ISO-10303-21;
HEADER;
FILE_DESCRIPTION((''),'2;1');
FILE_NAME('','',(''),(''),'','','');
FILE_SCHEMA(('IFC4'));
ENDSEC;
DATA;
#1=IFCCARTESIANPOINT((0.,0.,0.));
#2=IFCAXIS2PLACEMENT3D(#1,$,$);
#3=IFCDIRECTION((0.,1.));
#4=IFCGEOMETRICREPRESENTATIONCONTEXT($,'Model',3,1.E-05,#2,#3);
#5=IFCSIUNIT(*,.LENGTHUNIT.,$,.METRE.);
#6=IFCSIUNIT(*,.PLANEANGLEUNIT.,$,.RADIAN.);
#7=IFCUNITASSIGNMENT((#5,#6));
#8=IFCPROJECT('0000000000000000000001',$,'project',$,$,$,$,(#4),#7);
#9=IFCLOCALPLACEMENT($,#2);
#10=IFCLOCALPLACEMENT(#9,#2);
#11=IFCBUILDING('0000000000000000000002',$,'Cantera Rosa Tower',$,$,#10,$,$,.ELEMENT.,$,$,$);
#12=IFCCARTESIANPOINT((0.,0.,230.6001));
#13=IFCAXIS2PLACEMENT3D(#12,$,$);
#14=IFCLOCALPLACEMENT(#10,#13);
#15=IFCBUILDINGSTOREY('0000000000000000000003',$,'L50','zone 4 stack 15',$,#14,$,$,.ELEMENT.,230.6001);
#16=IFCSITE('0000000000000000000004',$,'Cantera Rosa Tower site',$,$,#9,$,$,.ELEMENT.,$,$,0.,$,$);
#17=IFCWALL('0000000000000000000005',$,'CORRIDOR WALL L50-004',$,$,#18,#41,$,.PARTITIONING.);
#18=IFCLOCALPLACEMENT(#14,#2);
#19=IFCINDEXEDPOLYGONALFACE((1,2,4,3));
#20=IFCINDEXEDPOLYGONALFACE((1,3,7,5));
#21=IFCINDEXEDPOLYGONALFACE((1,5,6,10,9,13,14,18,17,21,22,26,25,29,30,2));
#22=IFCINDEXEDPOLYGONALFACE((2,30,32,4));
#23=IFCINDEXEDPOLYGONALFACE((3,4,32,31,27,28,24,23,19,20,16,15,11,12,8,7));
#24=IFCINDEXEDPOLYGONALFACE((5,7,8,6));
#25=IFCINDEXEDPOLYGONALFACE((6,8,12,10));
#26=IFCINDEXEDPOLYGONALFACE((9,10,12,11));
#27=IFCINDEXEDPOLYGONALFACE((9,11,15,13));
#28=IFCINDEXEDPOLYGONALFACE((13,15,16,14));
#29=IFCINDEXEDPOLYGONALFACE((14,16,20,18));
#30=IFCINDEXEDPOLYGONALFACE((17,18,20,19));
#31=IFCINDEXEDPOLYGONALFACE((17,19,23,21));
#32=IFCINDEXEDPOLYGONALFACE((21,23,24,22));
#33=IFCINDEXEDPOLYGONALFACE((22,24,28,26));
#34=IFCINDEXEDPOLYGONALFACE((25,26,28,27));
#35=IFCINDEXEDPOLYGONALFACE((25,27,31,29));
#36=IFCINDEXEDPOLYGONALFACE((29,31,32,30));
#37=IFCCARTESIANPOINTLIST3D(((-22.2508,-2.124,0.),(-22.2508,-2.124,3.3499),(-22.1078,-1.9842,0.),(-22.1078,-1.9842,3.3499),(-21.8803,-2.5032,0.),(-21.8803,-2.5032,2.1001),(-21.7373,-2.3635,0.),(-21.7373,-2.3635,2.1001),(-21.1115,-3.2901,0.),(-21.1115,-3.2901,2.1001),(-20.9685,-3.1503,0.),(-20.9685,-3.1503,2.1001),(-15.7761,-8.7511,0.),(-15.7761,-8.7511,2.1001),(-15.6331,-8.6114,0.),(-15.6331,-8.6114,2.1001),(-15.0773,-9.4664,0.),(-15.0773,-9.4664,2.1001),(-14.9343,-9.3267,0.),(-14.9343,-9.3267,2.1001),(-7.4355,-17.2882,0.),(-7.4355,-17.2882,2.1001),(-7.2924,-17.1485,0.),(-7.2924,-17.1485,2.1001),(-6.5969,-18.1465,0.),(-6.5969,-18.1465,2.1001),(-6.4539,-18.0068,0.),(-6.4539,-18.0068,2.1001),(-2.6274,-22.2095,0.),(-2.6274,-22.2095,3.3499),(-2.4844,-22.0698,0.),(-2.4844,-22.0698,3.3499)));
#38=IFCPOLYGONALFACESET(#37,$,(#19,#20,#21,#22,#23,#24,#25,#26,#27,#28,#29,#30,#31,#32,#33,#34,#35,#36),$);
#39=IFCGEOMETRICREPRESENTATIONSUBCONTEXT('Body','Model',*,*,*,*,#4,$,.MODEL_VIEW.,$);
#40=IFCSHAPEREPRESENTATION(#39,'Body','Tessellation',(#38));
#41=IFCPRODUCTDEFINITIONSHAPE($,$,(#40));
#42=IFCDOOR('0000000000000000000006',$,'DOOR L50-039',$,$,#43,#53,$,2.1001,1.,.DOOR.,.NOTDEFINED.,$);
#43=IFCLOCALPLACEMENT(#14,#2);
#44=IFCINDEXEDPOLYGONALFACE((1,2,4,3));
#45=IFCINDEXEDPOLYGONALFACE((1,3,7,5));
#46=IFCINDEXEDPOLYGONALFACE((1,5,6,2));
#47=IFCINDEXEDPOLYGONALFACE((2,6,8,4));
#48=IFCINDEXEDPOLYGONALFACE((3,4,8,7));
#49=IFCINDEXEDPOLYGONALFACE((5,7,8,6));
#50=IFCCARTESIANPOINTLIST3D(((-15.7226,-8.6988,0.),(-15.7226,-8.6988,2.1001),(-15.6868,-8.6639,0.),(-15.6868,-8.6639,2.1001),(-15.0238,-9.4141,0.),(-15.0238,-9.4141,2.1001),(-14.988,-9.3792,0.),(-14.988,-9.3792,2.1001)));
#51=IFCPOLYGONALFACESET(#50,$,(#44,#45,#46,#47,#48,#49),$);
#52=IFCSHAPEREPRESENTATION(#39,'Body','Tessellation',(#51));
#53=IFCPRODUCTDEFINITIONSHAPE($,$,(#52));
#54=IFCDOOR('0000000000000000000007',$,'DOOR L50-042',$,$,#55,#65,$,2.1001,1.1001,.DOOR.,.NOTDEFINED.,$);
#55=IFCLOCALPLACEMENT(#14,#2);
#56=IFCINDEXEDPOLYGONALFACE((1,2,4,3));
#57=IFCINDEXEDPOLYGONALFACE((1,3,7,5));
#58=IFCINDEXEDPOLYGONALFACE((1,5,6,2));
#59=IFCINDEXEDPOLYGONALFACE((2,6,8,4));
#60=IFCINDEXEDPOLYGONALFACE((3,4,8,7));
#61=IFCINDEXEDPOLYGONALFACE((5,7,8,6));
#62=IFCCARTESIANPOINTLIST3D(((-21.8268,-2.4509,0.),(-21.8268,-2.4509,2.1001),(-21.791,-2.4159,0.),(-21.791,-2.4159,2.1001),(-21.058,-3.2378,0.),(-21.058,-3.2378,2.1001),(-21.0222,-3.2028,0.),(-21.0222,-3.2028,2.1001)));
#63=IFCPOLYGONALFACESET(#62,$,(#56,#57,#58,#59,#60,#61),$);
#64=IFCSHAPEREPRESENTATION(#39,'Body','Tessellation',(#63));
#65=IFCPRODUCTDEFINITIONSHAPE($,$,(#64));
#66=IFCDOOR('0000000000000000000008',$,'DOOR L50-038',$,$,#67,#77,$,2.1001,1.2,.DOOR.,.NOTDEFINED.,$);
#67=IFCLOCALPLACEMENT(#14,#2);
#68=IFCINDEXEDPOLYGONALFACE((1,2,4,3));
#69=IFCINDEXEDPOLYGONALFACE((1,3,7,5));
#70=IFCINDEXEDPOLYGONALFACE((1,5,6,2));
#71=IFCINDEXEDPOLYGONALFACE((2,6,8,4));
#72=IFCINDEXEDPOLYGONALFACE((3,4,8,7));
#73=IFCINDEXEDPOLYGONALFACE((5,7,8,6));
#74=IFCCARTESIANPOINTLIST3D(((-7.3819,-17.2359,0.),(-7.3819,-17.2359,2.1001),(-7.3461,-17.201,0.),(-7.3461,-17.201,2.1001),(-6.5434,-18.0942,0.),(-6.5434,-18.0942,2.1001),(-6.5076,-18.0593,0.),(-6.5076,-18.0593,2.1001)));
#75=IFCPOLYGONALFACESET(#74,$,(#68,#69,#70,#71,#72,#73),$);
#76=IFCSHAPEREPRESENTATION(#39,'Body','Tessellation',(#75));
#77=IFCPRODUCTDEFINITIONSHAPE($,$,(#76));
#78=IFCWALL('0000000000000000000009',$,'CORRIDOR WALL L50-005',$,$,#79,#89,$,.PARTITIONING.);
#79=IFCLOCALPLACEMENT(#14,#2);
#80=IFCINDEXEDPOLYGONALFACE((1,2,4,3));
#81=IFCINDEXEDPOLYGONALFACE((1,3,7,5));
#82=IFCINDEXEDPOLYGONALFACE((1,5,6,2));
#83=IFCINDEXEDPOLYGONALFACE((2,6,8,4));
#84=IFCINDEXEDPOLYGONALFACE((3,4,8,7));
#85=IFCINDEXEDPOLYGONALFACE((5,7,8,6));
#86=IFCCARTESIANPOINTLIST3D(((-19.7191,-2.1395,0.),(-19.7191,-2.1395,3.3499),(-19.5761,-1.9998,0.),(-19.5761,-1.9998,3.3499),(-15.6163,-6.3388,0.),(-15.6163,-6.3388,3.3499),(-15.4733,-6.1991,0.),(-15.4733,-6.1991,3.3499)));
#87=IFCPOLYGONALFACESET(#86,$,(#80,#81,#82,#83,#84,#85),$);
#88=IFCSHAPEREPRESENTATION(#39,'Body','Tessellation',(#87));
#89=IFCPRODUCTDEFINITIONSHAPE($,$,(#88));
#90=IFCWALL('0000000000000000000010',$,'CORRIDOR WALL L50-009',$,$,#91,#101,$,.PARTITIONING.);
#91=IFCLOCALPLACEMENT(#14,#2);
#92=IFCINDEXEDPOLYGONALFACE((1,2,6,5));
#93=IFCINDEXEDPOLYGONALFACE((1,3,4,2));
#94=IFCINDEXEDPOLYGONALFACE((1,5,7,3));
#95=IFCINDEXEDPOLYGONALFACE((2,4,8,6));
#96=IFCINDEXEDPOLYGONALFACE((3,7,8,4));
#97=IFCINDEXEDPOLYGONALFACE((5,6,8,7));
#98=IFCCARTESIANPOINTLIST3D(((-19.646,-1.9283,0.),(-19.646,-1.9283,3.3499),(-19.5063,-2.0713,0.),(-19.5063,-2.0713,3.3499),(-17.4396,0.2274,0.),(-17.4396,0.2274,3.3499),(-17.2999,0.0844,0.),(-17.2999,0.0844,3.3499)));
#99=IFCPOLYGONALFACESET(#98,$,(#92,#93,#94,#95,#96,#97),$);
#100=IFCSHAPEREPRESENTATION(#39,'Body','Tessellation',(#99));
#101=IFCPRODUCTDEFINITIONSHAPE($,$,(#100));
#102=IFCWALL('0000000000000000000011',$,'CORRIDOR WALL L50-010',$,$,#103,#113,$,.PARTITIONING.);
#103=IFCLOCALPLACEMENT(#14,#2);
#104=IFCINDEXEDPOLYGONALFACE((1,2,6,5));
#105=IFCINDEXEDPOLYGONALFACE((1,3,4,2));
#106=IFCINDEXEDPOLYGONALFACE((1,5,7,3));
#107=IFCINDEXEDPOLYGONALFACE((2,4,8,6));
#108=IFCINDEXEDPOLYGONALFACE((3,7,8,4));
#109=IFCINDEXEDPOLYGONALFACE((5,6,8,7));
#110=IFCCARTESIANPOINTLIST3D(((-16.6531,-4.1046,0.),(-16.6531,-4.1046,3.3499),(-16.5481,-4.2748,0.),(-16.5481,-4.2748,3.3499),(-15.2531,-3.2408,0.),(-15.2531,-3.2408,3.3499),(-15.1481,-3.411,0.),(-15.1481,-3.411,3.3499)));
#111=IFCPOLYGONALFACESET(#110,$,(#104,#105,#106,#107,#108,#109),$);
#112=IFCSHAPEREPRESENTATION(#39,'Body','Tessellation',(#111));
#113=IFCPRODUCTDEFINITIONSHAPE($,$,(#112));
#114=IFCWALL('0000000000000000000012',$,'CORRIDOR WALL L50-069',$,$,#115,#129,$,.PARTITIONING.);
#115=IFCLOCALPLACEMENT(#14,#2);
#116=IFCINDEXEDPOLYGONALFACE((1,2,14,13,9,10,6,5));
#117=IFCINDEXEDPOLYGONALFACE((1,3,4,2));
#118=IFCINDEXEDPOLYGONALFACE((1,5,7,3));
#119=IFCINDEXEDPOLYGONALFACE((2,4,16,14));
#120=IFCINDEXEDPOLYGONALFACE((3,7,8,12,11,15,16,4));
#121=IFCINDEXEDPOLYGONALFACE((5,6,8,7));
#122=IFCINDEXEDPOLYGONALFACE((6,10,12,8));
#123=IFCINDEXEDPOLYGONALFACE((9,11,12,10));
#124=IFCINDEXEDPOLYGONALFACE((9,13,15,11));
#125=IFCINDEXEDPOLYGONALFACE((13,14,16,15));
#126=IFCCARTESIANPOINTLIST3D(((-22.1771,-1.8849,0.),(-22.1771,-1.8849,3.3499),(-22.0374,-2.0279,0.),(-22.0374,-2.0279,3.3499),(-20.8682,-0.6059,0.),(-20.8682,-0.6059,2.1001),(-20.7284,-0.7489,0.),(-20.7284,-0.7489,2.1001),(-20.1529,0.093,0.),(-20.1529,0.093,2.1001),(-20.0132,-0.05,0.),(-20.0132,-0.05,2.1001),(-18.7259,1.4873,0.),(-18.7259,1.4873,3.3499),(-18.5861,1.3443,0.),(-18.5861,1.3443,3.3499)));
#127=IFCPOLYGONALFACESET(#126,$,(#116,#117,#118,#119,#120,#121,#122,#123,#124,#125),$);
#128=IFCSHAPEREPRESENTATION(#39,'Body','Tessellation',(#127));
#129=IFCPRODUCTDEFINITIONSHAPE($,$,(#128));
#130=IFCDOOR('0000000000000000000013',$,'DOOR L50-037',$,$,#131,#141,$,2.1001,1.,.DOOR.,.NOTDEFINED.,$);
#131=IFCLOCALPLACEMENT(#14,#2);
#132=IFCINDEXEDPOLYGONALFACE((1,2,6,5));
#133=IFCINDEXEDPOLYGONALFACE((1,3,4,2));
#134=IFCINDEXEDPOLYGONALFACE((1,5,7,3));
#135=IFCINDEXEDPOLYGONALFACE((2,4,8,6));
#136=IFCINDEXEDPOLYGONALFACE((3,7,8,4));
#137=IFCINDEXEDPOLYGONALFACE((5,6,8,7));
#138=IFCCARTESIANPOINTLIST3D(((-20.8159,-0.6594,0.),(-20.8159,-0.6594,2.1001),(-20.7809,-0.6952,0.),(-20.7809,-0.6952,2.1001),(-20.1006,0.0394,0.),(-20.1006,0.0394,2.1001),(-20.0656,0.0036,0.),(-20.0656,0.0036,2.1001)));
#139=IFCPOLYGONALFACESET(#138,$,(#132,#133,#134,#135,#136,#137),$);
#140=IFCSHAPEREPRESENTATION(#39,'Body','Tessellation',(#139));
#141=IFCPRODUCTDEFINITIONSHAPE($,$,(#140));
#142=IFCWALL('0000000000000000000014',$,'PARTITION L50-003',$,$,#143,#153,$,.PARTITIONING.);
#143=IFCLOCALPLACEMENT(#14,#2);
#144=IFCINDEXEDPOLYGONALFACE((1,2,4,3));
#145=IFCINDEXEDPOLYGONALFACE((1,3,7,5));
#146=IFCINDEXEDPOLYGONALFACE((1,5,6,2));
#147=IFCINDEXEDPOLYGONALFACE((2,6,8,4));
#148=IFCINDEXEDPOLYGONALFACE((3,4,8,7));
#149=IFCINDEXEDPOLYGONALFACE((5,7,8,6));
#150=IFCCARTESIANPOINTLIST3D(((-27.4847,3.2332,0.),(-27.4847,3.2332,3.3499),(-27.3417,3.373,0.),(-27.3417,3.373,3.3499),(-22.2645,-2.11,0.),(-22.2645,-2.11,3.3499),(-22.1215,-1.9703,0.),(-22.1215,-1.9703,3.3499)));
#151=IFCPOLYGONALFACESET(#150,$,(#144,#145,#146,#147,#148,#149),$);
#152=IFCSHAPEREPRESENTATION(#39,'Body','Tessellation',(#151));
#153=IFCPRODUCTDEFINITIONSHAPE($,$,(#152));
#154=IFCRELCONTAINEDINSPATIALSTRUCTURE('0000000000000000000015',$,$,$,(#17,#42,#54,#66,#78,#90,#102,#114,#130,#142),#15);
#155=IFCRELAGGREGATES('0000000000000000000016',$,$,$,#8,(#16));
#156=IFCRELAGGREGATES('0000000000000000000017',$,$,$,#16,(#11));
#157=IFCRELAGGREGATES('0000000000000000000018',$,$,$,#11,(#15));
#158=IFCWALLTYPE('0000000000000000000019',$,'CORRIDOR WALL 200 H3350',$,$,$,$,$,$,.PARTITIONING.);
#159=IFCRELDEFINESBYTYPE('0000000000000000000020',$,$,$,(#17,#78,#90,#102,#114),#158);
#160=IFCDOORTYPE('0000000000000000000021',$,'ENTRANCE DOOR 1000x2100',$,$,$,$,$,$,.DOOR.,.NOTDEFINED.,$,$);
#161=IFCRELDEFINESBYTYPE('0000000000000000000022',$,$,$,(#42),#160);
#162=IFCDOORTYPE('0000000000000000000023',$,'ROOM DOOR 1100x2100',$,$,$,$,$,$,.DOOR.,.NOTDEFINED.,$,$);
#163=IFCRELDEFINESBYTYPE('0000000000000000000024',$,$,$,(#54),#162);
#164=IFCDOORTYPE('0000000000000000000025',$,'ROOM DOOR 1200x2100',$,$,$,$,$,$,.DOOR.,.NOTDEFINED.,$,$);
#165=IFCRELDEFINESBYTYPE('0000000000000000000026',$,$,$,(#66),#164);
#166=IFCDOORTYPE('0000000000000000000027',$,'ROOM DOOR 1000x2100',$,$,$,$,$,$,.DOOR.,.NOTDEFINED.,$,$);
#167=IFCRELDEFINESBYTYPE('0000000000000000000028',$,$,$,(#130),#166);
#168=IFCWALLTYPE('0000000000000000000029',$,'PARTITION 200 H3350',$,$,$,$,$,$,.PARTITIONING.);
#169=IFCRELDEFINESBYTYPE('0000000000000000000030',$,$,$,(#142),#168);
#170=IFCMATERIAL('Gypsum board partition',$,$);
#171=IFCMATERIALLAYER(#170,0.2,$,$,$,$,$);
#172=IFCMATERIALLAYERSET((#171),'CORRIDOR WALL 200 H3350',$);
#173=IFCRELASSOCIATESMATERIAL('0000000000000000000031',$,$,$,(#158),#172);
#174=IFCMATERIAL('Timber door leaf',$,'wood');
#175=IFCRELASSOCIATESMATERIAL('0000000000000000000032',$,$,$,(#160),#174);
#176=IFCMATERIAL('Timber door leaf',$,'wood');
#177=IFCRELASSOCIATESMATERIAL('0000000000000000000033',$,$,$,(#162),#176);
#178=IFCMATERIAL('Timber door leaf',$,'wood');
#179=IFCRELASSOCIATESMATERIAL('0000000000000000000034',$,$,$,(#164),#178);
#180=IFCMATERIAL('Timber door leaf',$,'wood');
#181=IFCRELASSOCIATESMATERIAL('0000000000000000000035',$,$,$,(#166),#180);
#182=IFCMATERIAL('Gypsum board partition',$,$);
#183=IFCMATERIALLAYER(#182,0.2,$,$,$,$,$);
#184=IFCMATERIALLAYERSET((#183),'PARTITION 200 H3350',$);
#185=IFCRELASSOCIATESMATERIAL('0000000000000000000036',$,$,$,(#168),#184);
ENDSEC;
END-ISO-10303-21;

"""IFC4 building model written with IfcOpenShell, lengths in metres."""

from ifc_helpers import new_model, si_unit, direction, frame, frame_2d, origin, place, context, subcontext, project, spatial, rectangle, extrude, material, layer, layer_set, type_object, element, fill, save


model = new_model("IFC4")

# Units and contexts
model_context = context("Model", 3, precision=1e-05, world=origin(), true_north=direction((0.0, 1.0)))
body_context = subcontext(model_context, "Body", "Model", "MODEL_VIEW")
ifc_project = project(units=[si_unit("LENGTHUNIT", "METRE"), si_unit("PLANEANGLEUNIT", "RADIAN")], contexts=[model_context])

# Site, building, storey
site_placement = place(None, origin())
site = spatial("IfcSite", under=ifc_project, at=site_placement, Name="Cantera Rosa Tower site", CompositionType="ELEMENT", RefElevation=0.0)
building_placement = place(site_placement, origin())
building = spatial("IfcBuilding", under=site, at=building_placement, Name="Cantera Rosa Tower", CompositionType="ELEMENT")
storey_placement = place(building_placement, frame((0.0, 0.0, 230.6001)))
storey = spatial("IfcBuildingStorey", under=building, at=storey_placement, Name="L50", Description="zone 4 stack 15", CompositionType="ELEMENT", Elevation=230.6001)

# Wall, openings, doors
ifc_material_1 = material(Name="Gypsum board partition")
ifc_layer_1 = layer(ifc_material_1, 0.2)
ifc_layer_set_1 = layer_set([ifc_layer_1], Name="CORRIDOR WALL 200 H3350")
wall_type_1 = type_object("IfcWallType", Name="CORRIDOR WALL 200 H3350", PredefinedType="PARTITIONING", material=ifc_layer_set_1)
wall_1_placement = place(storey_placement, frame((-22.1792, -2.0542, 0.0), z_axis=(0.0, 0.0, 1.0), x_axis=(0.69883, -0.715288, 0.0)))
wall_1 = element("IfcWall", 1, at=wall_1_placement, inside=storey, type_object=wall_type_1, Name="CORRIDOR WALL L50-004", PredefinedType="PARTITIONING", context=body_context, shape_type="SweptSolid", body=[
    extrude(rectangle(XDim=28.0803, YDim=0.2, at=frame_2d((14.04, 0.0))), origin(), (0.0, 0.0, 1.0), 3.3499),
])
opening_1_placement = place(wall_1_placement, frame((21.2, 0.0, 0.0)))
opening_1 = element("IfcOpeningElement", 2, at=opening_1_placement, cuts=wall_1, PredefinedType="OPENING", context=body_context, shape_type="SweptSolid", body=[
    extrude(rectangle(XDim=1.2, YDim=2.1001, at=frame_2d((0.6001, 1.05))), frame((0.0, 0.1099, 0.0), z_axis=(0.0, -1.0, 0.0), x_axis=(1.0, 0.0, 0.0)), (0.0, 0.0, 1.0), 0.22),
])
opening_2_placement = place(wall_1_placement, frame((9.2649, 0.0, 0.0)))
opening_2 = element("IfcOpeningElement", 3, at=opening_2_placement, cuts=wall_1, PredefinedType="OPENING", context=body_context, shape_type="SweptSolid", body=[
    extrude(rectangle(XDim=1.0, YDim=2.1001, at=frame_2d((0.5, 1.05))), frame((0.0, 0.1099, 0.0), z_axis=(0.0, -1.0, 0.0), x_axis=(1.0, 0.0, 0.0)), (0.0, 0.0, 1.0), 0.22),
])
opening_3_placement = place(wall_1_placement, frame((0.53, 0.0, 0.0)))
opening_3 = element("IfcOpeningElement", 4, at=opening_3_placement, cuts=wall_1, PredefinedType="OPENING", context=body_context, shape_type="SweptSolid", body=[
    extrude(rectangle(XDim=1.1001, YDim=2.1001, at=frame_2d((0.55, 1.05))), frame((0.0, 0.1099, 0.0), z_axis=(0.0, -1.0, 0.0), x_axis=(1.0, 0.0, 0.0)), (0.0, 0.0, 1.0), 0.22),
])
ifc_material_2 = material(Name="Timber door leaf", Category="wood")
door_type_1 = type_object("IfcDoorType", Name="ENTRANCE DOOR 1000x2100", OperationType="NOTDEFINED", PredefinedType="DOOR", material=ifc_material_2)
door_1_placement = place(opening_2_placement, origin())
door_1 = element("IfcDoor", 5, at=door_1_placement, inside=storey, type_object=door_type_1, Name="DOOR L50-039", OperationType="NOTDEFINED", OverallHeight=2.1001, OverallWidth=1.0, PredefinedType="DOOR", context=body_context, shape_type="SweptSolid", body=[
    extrude(rectangle(XDim=1.0, YDim=2.1001, at=frame_2d((0.5, 1.05))), frame((0.0, 0.0249, 0.0), z_axis=(0.0, -1.0, 0.0), x_axis=(1.0, 0.0, 0.0)), (0.0, 0.0, 1.0), 0.05),
])
fill(opening_2, door_1)
ifc_material_3 = material(Name="Timber door leaf", Category="wood")
door_type_2 = type_object("IfcDoorType", Name="ROOM DOOR 1100x2100", OperationType="NOTDEFINED", PredefinedType="DOOR", material=ifc_material_3)
door_2_placement = place(opening_3_placement, origin())
door_2 = element("IfcDoor", 6, at=door_2_placement, inside=storey, type_object=door_type_2, Name="DOOR L50-042", OperationType="NOTDEFINED", OverallHeight=2.1001, OverallWidth=1.1001, PredefinedType="DOOR", context=body_context, shape_type="SweptSolid", body=[
    extrude(rectangle(XDim=1.1001, YDim=2.1001, at=frame_2d((0.55, 1.05))), frame((0.0, 0.0249, 0.0), z_axis=(0.0, -1.0, 0.0), x_axis=(1.0, 0.0, 0.0)), (0.0, 0.0, 1.0), 0.05),
])
fill(opening_3, door_2)
ifc_material_4 = material(Name="Timber door leaf", Category="wood")
door_type_3 = type_object("IfcDoorType", Name="ROOM DOOR 1200x2100", OperationType="NOTDEFINED", PredefinedType="DOOR", material=ifc_material_4)
door_3_placement = place(opening_1_placement, origin())
door_3 = element("IfcDoor", 7, at=door_3_placement, inside=storey, type_object=door_type_3, Name="DOOR L50-038", OperationType="NOTDEFINED", OverallHeight=2.1001, OverallWidth=1.2, PredefinedType="DOOR", context=body_context, shape_type="SweptSolid", body=[
    extrude(rectangle(XDim=1.2, YDim=2.1001, at=frame_2d((0.6001, 1.05))), frame((0.0, 0.0249, 0.0), z_axis=(0.0, -1.0, 0.0), x_axis=(1.0, 0.0, 0.0)), (0.0, 0.0, 1.0), 0.05),
])
fill(opening_1, door_3)

# Walls
wall_2_placement = place(storey_placement, frame((-19.6477, -2.0696, 0.0), z_axis=(0.0, 0.0, 1.0), x_axis=(0.698846, -0.715272, 0.0)))
element("IfcWall", 8, at=wall_2_placement, inside=storey, type_object=wall_type_1, Name="CORRIDOR WALL L50-005", PredefinedType="PARTITIONING", context=body_context, shape_type="SweptSolid", body=[
    extrude(rectangle(XDim=5.8708, YDim=0.2, at=frame_2d((2.9355, 0.0))), origin(), (0.0, 0.0, 1.0), 3.3499),
])
wall_3_placement = place(storey_placement, frame((-17.3696, 0.156, 0.0), z_axis=(0.0, 0.0, 1.0), x_axis=(-0.71529, -0.698828, 0.0)))
element("IfcWall", 9, at=wall_3_placement, inside=storey, type_object=wall_type_1, Name="CORRIDOR WALL L50-009", PredefinedType="PARTITIONING", context=body_context, shape_type="SweptSolid", body=[
    extrude(rectangle(XDim=3.0847, YDim=0.2, at=frame_2d((1.5425, 0.0))), origin(), (0.0, 0.0, 1.0), 3.3499),
])
wall_4_placement = place(storey_placement, frame((-16.6006, -4.1897, 0.0), z_axis=(0.0, 0.0, 1.0), x_axis=(0.851036, 0.525107, 0.0)))
element("IfcWall", 10, at=wall_4_placement, inside=storey, type_object=wall_type_1, Name="CORRIDOR WALL L50-010", PredefinedType="PARTITIONING", context=body_context, shape_type="SweptSolid", body=[
    extrude(rectangle(XDim=1.645, YDim=0.2, at=frame_2d((0.8225, 0.0))), origin(), (0.0, 0.0, 1.0), 3.3499),
])

# Wall, opening, door
wall_5_placement = place(storey_placement, frame((-18.656, 1.4158, 0.0), z_axis=(0.0, 0.0, 1.0), x_axis=(-0.715256, -0.698862, 0.0)))
wall_5 = element("IfcWall", 11, at=wall_5_placement, inside=storey, type_object=wall_type_1, Name="CORRIDOR WALL L50-069", PredefinedType="PARTITIONING", context=body_context, shape_type="SweptSolid", body=[
    extrude(rectangle(XDim=4.8252, YDim=0.2, at=frame_2d((2.4126, 0.0))), origin(), (0.0, 0.0, 1.0), 3.3499),
])
opening_4_placement = place(wall_5_placement, frame((1.9951, 0.0, 0.0)))
opening_4 = element("IfcOpeningElement", 12, at=opening_4_placement, cuts=wall_5, PredefinedType="OPENING", context=body_context, shape_type="SweptSolid", body=[
    extrude(rectangle(XDim=1.0, YDim=2.1001, at=frame_2d((0.5, 1.05))), frame((0.0, 0.1099, 0.0), z_axis=(0.0, -1.0, 0.0), x_axis=(1.0, 0.0, 0.0)), (0.0, 0.0, 1.0), 0.22),
])
ifc_material_5 = material(Name="Timber door leaf", Category="wood")
door_type_4 = type_object("IfcDoorType", Name="ROOM DOOR 1000x2100", OperationType="NOTDEFINED", PredefinedType="DOOR", material=ifc_material_5)
door_4_placement = place(opening_4_placement, origin())
door_4 = element("IfcDoor", 13, at=door_4_placement, inside=storey, type_object=door_type_4, Name="DOOR L50-037", OperationType="NOTDEFINED", OverallHeight=2.1001, OverallWidth=1.0, PredefinedType="DOOR", context=body_context, shape_type="SweptSolid", body=[
    extrude(rectangle(XDim=1.0, YDim=2.1001, at=frame_2d((0.5, 1.05))), frame((0.0, 0.0249, 0.0), z_axis=(0.0, -1.0, 0.0), x_axis=(1.0, 0.0, 0.0)), (0.0, 0.0, 1.0), 0.05),
])
fill(opening_4, door_4)

# Wall
ifc_material_6 = material(Name="Gypsum board partition")
ifc_layer_2 = layer(ifc_material_6, 0.2)
ifc_layer_set_2 = layer_set([ifc_layer_2], Name="PARTITION 200 H3350")
wall_type_2 = type_object("IfcWallType", Name="PARTITION 200 H3350", PredefinedType="PARTITIONING", material=ifc_layer_set_2)
wall_6_placement = place(storey_placement, frame((-22.1931, -2.04, 0.0), z_axis=(0.0, 0.0, 1.0), x_axis=(-0.698823, 0.715295, 0.0)))
element("IfcWall", 14, at=wall_6_placement, inside=storey, type_object=wall_type_2, Name="PARTITION L50-003", PredefinedType="PARTITIONING", context=body_context, shape_type="SweptSolid", body=[
    extrude(rectangle(XDim=7.47, YDim=0.2, at=frame_2d((3.7349, 0.0))), origin(), (0.0, 0.0, 1.0), 3.3499),
])

save(model, "model.ifc")
